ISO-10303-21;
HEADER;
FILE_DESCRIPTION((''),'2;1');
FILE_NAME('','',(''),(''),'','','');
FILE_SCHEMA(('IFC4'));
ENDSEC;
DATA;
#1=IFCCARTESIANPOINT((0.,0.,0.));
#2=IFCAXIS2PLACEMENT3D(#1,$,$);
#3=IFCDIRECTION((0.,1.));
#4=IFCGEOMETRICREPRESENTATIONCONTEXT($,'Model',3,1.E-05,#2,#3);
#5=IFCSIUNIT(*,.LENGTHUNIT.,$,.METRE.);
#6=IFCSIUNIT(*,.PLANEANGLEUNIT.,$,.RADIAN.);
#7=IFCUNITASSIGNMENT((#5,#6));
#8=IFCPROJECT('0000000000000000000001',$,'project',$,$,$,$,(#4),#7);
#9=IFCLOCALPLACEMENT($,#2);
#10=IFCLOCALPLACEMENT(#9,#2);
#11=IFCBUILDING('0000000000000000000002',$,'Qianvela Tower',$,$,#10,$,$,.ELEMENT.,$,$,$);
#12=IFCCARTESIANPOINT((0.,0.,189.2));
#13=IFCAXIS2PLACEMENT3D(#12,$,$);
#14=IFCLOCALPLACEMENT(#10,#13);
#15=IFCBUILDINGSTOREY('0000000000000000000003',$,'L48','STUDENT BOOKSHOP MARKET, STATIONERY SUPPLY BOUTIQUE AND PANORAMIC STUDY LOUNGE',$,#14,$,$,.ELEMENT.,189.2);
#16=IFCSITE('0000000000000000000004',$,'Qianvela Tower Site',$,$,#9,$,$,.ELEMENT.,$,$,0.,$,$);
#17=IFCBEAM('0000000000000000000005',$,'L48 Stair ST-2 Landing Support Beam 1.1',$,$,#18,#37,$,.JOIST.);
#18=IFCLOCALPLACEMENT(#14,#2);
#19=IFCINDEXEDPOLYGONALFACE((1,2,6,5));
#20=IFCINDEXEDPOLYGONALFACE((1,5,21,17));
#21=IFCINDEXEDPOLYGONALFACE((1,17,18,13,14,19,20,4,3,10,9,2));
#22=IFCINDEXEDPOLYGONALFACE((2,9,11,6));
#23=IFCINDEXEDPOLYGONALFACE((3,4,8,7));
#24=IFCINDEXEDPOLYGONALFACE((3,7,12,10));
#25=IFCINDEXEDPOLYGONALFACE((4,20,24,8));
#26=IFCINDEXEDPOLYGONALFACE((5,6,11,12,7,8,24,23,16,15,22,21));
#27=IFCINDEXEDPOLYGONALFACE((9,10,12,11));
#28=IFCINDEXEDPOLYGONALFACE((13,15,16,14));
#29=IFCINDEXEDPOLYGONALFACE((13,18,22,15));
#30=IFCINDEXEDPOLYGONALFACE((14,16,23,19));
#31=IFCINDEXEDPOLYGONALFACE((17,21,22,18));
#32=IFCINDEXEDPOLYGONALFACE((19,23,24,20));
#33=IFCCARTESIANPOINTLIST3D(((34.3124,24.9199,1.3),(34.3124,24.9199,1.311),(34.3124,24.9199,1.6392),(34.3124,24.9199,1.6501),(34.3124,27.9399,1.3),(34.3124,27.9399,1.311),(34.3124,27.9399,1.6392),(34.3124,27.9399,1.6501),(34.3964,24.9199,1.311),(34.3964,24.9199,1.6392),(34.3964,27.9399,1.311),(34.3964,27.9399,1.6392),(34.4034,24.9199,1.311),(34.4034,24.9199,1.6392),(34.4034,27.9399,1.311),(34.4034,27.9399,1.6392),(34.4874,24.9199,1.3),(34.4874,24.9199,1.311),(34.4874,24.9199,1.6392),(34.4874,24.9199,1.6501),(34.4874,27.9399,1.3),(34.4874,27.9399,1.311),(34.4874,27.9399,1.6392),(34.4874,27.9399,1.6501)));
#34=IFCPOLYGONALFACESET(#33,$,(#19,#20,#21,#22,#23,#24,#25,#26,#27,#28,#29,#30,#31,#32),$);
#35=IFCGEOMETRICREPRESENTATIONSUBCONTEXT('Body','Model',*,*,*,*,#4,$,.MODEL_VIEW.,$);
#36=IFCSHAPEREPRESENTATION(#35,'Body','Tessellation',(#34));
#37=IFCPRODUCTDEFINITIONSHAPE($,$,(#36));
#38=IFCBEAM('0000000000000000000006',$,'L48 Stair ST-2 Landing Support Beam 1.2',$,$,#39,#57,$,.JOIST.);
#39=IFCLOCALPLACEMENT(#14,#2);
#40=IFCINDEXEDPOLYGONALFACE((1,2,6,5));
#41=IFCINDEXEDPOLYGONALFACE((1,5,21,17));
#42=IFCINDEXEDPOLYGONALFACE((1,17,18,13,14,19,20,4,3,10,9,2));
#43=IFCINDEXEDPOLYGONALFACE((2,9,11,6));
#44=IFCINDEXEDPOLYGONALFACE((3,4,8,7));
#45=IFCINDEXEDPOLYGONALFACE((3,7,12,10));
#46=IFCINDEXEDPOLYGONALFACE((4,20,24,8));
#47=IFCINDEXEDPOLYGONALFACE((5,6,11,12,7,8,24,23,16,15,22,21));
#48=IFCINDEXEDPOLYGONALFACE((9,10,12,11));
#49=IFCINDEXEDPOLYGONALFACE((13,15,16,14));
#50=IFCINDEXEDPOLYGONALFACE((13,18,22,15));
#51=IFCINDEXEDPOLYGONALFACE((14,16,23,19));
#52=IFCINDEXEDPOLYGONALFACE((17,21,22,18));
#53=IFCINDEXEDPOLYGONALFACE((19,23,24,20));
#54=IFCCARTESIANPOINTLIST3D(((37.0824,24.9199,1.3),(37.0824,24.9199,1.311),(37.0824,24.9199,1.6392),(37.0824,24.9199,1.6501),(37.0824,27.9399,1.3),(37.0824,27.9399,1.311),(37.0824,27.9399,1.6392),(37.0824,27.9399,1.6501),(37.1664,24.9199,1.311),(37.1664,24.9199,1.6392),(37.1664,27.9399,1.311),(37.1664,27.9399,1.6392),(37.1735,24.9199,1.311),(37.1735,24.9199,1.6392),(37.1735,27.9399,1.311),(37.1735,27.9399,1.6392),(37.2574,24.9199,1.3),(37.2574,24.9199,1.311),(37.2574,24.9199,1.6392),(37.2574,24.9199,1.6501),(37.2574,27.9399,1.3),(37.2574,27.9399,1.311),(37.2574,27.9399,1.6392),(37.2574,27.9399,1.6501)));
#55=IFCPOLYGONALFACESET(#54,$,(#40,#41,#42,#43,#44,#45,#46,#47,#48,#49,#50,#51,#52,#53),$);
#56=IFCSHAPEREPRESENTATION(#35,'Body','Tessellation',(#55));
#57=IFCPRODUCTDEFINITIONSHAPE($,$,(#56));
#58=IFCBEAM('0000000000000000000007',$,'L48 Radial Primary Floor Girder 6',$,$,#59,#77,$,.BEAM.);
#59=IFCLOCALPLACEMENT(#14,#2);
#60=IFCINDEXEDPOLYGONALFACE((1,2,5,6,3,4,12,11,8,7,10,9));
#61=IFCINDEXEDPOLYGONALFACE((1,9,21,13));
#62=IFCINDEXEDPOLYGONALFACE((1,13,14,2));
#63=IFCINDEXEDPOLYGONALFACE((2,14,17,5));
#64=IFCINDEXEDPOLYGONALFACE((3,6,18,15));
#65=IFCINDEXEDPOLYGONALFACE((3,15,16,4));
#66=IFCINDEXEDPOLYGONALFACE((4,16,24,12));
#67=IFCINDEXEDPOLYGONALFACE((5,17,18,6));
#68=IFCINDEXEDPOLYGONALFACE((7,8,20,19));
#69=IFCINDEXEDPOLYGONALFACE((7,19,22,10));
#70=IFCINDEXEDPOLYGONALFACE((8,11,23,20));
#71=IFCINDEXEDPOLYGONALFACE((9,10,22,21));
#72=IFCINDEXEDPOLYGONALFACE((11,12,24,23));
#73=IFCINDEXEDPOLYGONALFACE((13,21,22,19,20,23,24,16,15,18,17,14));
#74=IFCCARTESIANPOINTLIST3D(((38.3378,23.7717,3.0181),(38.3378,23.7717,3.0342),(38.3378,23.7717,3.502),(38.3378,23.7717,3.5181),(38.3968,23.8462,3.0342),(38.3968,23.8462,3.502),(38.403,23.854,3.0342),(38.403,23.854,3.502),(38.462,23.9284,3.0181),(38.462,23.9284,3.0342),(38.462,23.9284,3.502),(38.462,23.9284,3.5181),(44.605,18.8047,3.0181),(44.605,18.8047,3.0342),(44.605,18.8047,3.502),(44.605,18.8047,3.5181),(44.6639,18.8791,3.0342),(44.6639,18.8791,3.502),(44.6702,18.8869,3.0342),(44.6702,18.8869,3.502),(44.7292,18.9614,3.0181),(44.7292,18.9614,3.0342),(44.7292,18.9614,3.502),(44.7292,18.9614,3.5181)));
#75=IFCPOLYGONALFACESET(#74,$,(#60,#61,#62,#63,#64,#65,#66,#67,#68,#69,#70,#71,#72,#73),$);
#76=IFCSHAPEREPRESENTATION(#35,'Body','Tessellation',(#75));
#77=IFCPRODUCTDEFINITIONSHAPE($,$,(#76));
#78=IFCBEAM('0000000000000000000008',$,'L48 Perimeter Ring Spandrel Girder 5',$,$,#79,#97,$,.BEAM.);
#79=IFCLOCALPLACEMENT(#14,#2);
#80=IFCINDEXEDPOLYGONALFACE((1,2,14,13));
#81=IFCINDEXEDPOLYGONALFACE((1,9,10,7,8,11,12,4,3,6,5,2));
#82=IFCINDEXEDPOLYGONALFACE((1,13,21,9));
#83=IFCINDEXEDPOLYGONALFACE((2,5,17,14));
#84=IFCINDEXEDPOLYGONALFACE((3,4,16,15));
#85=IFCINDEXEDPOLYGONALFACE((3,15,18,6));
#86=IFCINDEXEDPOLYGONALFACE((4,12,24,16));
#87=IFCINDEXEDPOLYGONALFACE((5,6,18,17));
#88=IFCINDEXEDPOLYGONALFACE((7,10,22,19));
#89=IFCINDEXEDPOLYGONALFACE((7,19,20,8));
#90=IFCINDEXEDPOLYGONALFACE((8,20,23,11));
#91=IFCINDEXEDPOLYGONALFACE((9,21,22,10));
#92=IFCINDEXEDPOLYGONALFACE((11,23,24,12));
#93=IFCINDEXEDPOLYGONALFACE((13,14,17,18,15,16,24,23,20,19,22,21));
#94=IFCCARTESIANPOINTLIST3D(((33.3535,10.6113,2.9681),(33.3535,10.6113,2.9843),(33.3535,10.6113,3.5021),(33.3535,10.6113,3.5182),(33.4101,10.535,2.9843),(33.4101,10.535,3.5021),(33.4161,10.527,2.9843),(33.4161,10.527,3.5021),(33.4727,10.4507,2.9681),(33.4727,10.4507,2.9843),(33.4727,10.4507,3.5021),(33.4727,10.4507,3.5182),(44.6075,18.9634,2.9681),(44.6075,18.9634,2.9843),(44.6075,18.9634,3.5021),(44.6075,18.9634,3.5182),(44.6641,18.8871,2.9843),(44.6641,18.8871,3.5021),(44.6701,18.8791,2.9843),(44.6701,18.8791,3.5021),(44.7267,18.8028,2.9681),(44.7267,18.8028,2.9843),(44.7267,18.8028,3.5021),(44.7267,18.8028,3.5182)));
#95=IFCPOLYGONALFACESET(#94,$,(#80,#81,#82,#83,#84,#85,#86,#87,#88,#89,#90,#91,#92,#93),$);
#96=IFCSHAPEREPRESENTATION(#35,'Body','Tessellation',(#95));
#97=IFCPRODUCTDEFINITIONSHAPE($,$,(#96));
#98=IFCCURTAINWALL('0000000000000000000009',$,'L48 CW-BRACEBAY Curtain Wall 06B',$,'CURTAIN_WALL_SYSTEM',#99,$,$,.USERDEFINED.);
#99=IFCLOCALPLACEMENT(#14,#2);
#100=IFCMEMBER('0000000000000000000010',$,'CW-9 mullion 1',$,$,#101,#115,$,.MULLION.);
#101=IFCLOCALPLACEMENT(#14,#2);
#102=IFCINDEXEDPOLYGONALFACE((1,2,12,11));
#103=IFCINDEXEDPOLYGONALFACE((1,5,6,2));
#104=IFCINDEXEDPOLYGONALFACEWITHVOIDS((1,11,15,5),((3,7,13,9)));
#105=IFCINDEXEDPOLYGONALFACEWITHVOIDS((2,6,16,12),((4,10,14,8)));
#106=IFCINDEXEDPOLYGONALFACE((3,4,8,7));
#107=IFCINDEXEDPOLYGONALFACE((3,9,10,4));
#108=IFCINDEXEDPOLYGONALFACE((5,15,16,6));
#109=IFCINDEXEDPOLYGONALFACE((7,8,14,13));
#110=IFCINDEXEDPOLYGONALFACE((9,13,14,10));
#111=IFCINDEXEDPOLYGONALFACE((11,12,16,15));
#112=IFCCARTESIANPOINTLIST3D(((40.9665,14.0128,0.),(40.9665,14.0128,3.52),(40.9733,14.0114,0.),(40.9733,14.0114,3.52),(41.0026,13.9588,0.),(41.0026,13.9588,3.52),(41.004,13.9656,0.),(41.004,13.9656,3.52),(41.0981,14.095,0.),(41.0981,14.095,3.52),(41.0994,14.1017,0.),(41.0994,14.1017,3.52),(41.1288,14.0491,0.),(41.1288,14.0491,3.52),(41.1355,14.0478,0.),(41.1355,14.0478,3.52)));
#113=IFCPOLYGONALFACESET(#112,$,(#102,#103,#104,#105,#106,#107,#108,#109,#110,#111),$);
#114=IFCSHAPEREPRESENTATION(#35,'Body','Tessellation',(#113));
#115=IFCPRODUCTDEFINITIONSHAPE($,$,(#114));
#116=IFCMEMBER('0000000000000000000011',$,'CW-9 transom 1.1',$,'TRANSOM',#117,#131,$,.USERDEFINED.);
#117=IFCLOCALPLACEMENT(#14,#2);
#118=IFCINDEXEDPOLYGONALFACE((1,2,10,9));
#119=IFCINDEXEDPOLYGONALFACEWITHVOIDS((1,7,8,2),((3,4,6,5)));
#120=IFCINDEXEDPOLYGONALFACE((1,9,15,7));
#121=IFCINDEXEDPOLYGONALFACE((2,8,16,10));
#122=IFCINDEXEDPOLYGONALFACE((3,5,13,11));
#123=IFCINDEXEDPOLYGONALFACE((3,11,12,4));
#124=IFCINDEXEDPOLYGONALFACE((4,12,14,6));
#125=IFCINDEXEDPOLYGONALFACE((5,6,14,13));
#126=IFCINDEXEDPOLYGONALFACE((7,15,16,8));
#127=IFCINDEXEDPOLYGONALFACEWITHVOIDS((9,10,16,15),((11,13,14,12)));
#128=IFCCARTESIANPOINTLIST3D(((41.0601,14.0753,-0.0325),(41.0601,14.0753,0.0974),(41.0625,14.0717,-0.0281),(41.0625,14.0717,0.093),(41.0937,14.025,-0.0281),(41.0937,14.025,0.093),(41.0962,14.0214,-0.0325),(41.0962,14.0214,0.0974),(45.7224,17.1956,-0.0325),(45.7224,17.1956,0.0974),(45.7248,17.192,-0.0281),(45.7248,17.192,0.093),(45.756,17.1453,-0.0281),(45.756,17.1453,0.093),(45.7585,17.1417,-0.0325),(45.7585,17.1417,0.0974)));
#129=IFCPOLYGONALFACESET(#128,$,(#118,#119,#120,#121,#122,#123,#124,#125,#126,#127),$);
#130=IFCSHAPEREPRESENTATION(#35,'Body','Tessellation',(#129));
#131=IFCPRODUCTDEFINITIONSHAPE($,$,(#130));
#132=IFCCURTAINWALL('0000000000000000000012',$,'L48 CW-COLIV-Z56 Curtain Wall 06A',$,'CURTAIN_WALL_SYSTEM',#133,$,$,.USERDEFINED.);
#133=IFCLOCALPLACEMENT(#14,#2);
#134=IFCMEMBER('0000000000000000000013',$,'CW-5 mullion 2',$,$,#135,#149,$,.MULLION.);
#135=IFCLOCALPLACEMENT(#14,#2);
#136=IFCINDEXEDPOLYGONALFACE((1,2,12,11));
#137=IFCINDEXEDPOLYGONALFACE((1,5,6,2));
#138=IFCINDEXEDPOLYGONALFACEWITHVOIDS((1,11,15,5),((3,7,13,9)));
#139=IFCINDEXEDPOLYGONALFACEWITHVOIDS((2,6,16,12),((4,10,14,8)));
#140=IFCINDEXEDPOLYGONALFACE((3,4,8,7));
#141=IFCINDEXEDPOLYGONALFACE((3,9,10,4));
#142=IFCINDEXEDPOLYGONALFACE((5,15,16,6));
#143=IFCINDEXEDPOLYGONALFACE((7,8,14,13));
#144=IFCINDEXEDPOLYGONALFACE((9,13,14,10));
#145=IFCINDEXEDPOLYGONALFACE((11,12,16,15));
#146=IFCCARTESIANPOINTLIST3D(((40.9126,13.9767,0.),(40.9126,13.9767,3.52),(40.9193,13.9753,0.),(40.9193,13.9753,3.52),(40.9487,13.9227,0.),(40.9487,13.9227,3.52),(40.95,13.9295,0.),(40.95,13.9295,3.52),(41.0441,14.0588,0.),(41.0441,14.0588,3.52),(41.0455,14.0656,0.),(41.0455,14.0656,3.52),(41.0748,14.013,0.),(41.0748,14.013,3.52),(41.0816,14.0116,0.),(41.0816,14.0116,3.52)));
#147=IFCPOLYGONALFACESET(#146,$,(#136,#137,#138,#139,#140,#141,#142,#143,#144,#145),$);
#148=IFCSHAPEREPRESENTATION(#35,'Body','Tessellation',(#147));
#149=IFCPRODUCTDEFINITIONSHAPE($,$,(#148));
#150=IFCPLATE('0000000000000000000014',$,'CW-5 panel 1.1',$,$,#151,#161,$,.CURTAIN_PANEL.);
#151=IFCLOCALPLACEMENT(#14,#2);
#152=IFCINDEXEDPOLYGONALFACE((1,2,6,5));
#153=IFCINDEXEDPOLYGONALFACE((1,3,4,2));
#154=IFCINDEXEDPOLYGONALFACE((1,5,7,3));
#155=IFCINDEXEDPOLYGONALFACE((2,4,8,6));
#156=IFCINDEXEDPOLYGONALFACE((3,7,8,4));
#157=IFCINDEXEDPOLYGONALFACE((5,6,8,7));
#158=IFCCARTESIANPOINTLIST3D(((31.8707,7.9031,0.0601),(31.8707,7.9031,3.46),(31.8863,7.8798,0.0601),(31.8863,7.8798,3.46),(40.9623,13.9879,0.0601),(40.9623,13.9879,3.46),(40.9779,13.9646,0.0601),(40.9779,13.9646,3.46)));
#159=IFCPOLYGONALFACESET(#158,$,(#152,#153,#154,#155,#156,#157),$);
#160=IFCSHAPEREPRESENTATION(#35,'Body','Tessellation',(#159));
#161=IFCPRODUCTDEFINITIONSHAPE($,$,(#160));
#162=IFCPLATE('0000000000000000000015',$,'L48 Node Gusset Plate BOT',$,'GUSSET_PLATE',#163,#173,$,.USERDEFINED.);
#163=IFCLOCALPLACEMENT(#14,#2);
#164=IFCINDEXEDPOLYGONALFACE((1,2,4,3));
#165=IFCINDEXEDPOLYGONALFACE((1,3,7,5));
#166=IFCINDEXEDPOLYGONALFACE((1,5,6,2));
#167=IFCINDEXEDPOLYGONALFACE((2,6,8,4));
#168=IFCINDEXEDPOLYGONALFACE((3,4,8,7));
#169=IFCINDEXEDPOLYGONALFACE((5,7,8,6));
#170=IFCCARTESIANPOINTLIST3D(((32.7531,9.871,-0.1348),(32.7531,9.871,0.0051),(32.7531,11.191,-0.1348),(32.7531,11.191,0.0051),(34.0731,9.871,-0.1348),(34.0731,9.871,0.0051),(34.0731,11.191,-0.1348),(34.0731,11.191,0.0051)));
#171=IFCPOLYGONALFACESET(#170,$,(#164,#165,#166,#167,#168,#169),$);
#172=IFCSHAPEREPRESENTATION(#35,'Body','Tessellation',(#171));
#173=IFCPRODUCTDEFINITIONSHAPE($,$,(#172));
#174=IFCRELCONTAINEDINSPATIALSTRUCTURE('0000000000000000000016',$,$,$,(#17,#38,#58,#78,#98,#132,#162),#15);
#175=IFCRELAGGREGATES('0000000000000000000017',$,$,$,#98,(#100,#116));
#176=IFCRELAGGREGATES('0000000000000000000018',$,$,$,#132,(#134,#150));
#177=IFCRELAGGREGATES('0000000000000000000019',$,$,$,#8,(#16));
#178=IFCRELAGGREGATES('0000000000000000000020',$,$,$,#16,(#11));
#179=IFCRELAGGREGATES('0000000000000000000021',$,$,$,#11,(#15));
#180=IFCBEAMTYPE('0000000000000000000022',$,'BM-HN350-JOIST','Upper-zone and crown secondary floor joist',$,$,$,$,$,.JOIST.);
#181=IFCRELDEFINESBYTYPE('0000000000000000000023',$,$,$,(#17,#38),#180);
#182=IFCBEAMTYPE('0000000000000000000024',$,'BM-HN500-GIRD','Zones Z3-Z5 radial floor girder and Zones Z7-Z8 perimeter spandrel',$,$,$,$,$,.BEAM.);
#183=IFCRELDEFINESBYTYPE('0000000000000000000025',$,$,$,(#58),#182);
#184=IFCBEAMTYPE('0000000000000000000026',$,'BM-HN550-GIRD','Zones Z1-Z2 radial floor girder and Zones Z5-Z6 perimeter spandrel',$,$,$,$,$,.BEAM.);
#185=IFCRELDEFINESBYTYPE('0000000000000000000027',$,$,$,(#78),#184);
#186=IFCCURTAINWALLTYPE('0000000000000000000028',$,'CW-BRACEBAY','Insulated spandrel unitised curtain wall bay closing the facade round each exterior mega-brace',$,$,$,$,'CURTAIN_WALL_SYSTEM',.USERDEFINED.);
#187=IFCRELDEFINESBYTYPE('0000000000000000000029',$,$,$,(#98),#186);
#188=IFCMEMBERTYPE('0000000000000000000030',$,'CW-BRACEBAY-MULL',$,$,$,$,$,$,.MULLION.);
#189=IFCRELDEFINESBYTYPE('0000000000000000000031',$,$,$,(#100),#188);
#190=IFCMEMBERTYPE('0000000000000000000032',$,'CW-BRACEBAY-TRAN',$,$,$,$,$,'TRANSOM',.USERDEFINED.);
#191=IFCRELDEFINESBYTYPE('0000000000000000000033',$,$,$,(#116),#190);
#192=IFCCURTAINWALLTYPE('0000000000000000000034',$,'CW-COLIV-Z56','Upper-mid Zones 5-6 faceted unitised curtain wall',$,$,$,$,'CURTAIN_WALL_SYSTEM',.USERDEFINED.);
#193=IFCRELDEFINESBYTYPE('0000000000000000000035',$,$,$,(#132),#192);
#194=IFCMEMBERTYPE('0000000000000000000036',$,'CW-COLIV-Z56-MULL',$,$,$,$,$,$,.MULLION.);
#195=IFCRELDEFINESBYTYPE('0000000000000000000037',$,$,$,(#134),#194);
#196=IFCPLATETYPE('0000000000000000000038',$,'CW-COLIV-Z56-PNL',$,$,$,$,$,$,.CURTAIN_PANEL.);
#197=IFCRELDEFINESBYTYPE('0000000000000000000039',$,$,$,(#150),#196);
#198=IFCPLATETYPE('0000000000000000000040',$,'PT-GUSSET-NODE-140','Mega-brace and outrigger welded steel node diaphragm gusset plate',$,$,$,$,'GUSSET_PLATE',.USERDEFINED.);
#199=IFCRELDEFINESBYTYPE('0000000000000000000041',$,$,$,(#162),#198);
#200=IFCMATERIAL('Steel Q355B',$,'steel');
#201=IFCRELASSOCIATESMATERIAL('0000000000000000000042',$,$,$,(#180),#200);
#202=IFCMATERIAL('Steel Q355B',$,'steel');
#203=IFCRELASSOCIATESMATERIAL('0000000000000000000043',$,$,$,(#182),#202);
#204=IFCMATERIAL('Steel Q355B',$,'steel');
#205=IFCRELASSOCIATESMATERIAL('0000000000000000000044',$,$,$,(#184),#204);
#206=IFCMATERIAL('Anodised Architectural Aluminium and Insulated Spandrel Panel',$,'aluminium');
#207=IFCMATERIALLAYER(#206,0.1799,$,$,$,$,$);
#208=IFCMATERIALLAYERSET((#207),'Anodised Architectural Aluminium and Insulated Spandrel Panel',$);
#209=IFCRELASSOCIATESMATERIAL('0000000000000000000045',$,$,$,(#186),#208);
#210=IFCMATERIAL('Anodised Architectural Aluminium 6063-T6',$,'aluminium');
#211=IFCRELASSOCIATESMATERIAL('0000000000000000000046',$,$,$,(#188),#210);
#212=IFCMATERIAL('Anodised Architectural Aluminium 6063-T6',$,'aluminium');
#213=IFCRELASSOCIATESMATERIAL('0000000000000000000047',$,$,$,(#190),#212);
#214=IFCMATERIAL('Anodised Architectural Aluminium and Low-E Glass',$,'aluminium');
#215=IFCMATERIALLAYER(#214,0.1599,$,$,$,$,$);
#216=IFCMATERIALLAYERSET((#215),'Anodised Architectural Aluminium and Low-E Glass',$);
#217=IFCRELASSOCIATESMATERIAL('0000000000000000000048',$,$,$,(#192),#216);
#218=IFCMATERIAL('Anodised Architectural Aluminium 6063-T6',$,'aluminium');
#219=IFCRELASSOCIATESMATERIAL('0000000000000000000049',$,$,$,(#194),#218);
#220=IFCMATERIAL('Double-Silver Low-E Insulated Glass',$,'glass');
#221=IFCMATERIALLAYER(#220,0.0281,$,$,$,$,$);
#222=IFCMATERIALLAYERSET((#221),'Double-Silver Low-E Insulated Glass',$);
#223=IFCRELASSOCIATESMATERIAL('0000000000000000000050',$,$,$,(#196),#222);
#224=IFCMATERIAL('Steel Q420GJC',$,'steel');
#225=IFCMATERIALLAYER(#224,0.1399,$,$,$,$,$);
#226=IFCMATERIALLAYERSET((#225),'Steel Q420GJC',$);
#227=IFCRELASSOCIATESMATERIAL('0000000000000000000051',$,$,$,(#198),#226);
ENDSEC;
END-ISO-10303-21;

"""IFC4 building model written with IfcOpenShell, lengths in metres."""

from ifc_helpers import new_model, si_unit, direction, frame, origin, origin_2d, place, context, subcontext, project, spatial, rectangle, hollow_rectangle, i_section, extrude, material, layer, layer_set, material_profile, profile_set, type_object, element, aggregate, save


model = new_model("IFC4")

# Units and contexts
model_context = context("Model", 3, precision=1e-05, world=origin(), true_north=direction((0.0, 1.0)))
body_context = subcontext(model_context, "Body", "Model", "MODEL_VIEW")
ifc_project = project(units=[si_unit("LENGTHUNIT", "METRE"), si_unit("PLANEANGLEUNIT", "RADIAN")], contexts=[model_context])

# Site, building, storey
site_placement = place(None, origin())
site = spatial("IfcSite", under=ifc_project, at=site_placement, Name="Qianvela Tower Site", CompositionType="ELEMENT", RefElevation=0.0)
building_placement = place(site_placement, origin())
building = spatial("IfcBuilding", under=site, at=building_placement, Name="Qianvela Tower", CompositionType="ELEMENT")
storey_placement = place(building_placement, frame((0.0, 0.0, 189.2)))
storey = spatial("IfcBuildingStorey", under=building, at=storey_placement, Name="L48", Description="STUDENT BOOKSHOP MARKET, STATIONERY SUPPLY BOUTIQUE AND PANORAMIC STUDY LOUNGE", CompositionType="ELEMENT", Elevation=189.2)

# Beams
ifc_material_1 = material(Name="Steel Q355B", Category="steel")
ifc_material_profile_1 = material_profile(ifc_material_1, i_section(OverallWidth=0.175, OverallDepth=0.3501, WebThickness=0.0071, FlangeThickness=0.011, at=origin_2d()), Name="HN350x175x7x11")
ifc_profile_set_1 = profile_set([ifc_material_profile_1], Name="Steel Q355B")
beam_type_1 = type_object("IfcBeamType", Name="BM-HN350-JOIST", Description="Upper-zone and crown secondary floor joist", PredefinedType="JOIST", material=ifc_profile_set_1)
for number, where, z_axis, x_axis, name in (
    (1, (34.3999, 24.9199, 1.4751), (0.0, 1.0, 0.0), (-1.0, 0.0, 0.0), "L48 Stair ST-2 Landing Support Beam 1.1"),
    (2, (37.1699, 24.9199, 1.4751), (0.0, 1.0, 0.0), (-1.0, 0.0, 0.0), "L48 Stair ST-2 Landing Support Beam 1.2"),
):
    element("IfcBeam", number, at=place(storey_placement, frame(where, z_axis=z_axis, x_axis=x_axis)), inside=storey, type_object=beam_type_1, Name=name, PredefinedType="JOIST", context=body_context, shape_type="SweptSolid", body=[
        extrude(i_section(OverallWidth=0.175, OverallDepth=0.3501, WebThickness=0.0071, FlangeThickness=0.011, at=origin_2d()), origin(), (0.0, 0.0, 1.0), 3.02),
    ])
ifc_material_2 = material(Name="Steel Q355B", Category="steel")
ifc_material_profile_2 = material_profile(ifc_material_2, i_section(OverallWidth=0.2, OverallDepth=0.5, WebThickness=0.01, FlangeThickness=0.0161, at=origin_2d()), Name="HN500x200x10x16")
ifc_profile_set_2 = profile_set([ifc_material_profile_2], Name="Steel Q355B")
beam_type_2 = type_object("IfcBeamType", Name="BM-HN500-GIRD", Description="Zones Z3-Z5 radial floor girder and Zones Z7-Z8 perimeter spandrel", PredefinedType="BEAM", material=ifc_profile_set_2)
beam_1_placement = place(storey_placement, frame((38.3999, 23.8501, 3.2681), z_axis=(0.783705, -0.621133, 0.0), x_axis=(0.621133, 0.783705, 0.0)))
element("IfcBeam", 3, at=beam_1_placement, inside=storey, type_object=beam_type_2, Name="L48 Radial Primary Floor Girder 6", PredefinedType="BEAM", context=body_context, shape_type="SweptSolid", body=[
    extrude(i_section(OverallWidth=0.2, OverallDepth=0.5, WebThickness=0.01, FlangeThickness=0.0161, at=origin_2d()), origin(), (0.0, 0.0, 1.0), 7.9968),
])
ifc_material_3 = material(Name="Steel Q355B", Category="steel")
ifc_material_profile_3 = material_profile(ifc_material_3, i_section(OverallWidth=0.2, OverallDepth=0.55, WebThickness=0.01, FlangeThickness=0.0161, at=origin_2d()), Name="HN550x200x10x16")
ifc_profile_set_3 = profile_set([ifc_material_profile_3], Name="Steel Q355B")
beam_type_3 = type_object("IfcBeamType", Name="BM-HN550-GIRD", Description="Zones Z1-Z2 radial floor girder and Zones Z5-Z6 perimeter spandrel", PredefinedType="BEAM", material=ifc_profile_set_3)
beam_2_placement = place(storey_placement, frame((33.4131, 10.531, 3.2432), z_axis=(0.803017, 0.595956, 0.0), x_axis=(-0.595956, 0.803017, 0.0)))
element("IfcBeam", 4, at=beam_2_placement, inside=storey, type_object=beam_type_3, Name="L48 Perimeter Ring Spandrel Girder 5", PredefinedType="BEAM", context=body_context, shape_type="SweptSolid", body=[
    extrude(i_section(OverallWidth=0.2, OverallDepth=0.55, WebThickness=0.01, FlangeThickness=0.0161, at=origin_2d()), origin(), (0.0, 0.0, 1.0), 14.0146),
])

# Curtain wall, members
ifc_material_4 = material(Name="Anodised Architectural Aluminium and Insulated Spandrel Panel", Category="aluminium")
ifc_layer_1 = layer(ifc_material_4, 0.1799)
ifc_layer_set_1 = layer_set([ifc_layer_1], Name="Anodised Architectural Aluminium and Insulated Spandrel Panel")
curtain_wall_type_1 = type_object("IfcCurtainWallType", Name="CW-BRACEBAY", Description="Insulated spandrel unitised curtain wall bay closing the facade round each exterior mega-brace", ElementType="CURTAIN_WALL_SYSTEM", PredefinedType="USERDEFINED", material=ifc_layer_set_1)
curtain_wall_1_placement = place(storey_placement, origin())
curtain_wall_1 = element("IfcCurtainWall", 5, at=curtain_wall_1_placement, inside=storey, type_object=curtain_wall_type_1, Name="L48 CW-BRACEBAY Curtain Wall 06B", ObjectType="CURTAIN_WALL_SYSTEM", PredefinedType="USERDEFINED")
ifc_material_5 = material(Name="Anodised Architectural Aluminium 6063-T6", Category="aluminium")
ifc_material_profile_4 = material_profile(ifc_material_5, hollow_rectangle(XDim=0.0649, YDim=0.1599, WallThickness=0.0049, at=origin_2d()), Name="ALU-MULL-65x160")
ifc_profile_set_4 = profile_set([ifc_material_profile_4], Name="Anodised Architectural Aluminium 6063-T6")
member_type_1 = type_object("IfcMemberType", Name="CW-BRACEBAY-MULL", PredefinedType="MULLION", material=ifc_profile_set_4)
member_1_placement = place(storey_placement, frame((41.051, 14.0303, 0.0), z_axis=(0.0, 0.0, 1.0), x_axis=(-0.556183, 0.83106, 0.0)))
member_1 = element("IfcMember", 6, at=member_1_placement, type_object=member_type_1, Name="CW-9 mullion 1", PredefinedType="MULLION", context=body_context, shape_type="SweptSolid", body=[
    extrude(hollow_rectangle(XDim=0.0649, YDim=0.1599, WallThickness=0.0049, at=origin_2d()), origin(), (0.0, 0.0, 1.0), 3.52),
])
ifc_material_6 = material(Name="Anodised Architectural Aluminium 6063-T6", Category="aluminium")
ifc_material_profile_5 = material_profile(ifc_material_6, hollow_rectangle(XDim=0.0649, YDim=0.1299, WallThickness=0.0044, at=origin_2d()), Name="ALU-TRAN-65x130")
ifc_profile_set_5 = profile_set([ifc_material_profile_5], Name="Anodised Architectural Aluminium 6063-T6")
member_type_2 = type_object("IfcMemberType", Name="CW-BRACEBAY-TRAN", ElementType="TRANSOM", PredefinedType="USERDEFINED", material=ifc_profile_set_5)
member_2_placement = place(storey_placement, frame((41.0781, 14.0483, 0.0325), z_axis=(0.831051, 0.556196, 0.0), x_axis=(-0.556196, 0.831051, 0.0)))
member_2 = element("IfcMember", 7, at=member_2_placement, type_object=member_type_2, Name="CW-9 transom 1.1", ObjectType="TRANSOM", PredefinedType="USERDEFINED", context=body_context, shape_type="SweptSolid", body=[
    extrude(hollow_rectangle(XDim=0.0649, YDim=0.1299, WallThickness=0.0044, at=origin_2d()), origin(), (0.0, 0.0, 1.0), 5.6101),
])
aggregate(curtain_wall_1, [member_1, member_2])

# Curtain wall, member, plate
ifc_material_7 = material(Name="Anodised Architectural Aluminium and Low-E Glass", Category="aluminium")
ifc_layer_2 = layer(ifc_material_7, 0.1599)
ifc_layer_set_2 = layer_set([ifc_layer_2], Name="Anodised Architectural Aluminium and Low-E Glass")
curtain_wall_type_2 = type_object("IfcCurtainWallType", Name="CW-COLIV-Z56", Description="Upper-mid Zones 5-6 faceted unitised curtain wall", ElementType="CURTAIN_WALL_SYSTEM", PredefinedType="USERDEFINED", material=ifc_layer_set_2)
curtain_wall_2_placement = place(storey_placement, origin())
curtain_wall_2 = element("IfcCurtainWall", 8, at=curtain_wall_2_placement, inside=storey, type_object=curtain_wall_type_2, Name="L48 CW-COLIV-Z56 Curtain Wall 06A", ObjectType="CURTAIN_WALL_SYSTEM", PredefinedType="USERDEFINED")
ifc_material_8 = material(Name="Anodised Architectural Aluminium 6063-T6", Category="aluminium")
ifc_material_profile_6 = material_profile(ifc_material_8, hollow_rectangle(XDim=0.0649, YDim=0.1599, WallThickness=0.0049, at=origin_2d()), Name="ALU-MULL-65x160")
ifc_profile_set_6 = profile_set([ifc_material_profile_6], Name="Anodised Architectural Aluminium 6063-T6")
member_type_3 = type_object("IfcMemberType", Name="CW-COLIV-Z56-MULL", PredefinedType="MULLION", material=ifc_profile_set_6)
member_3_placement = place(storey_placement, frame((40.9971, 13.9941, 0.0), z_axis=(0.0, 0.0, 1.0), x_axis=(-0.556198, 0.83105, 0.0)))
member_3 = element("IfcMember", 9, at=member_3_placement, type_object=member_type_3, Name="CW-5 mullion 2", PredefinedType="MULLION", context=body_context, shape_type="SweptSolid", body=[
    extrude(hollow_rectangle(XDim=0.0649, YDim=0.1599, WallThickness=0.0049, at=origin_2d()), origin(), (0.0, 0.0, 1.0), 3.52),
])
ifc_material_9 = material(Name="Double-Silver Low-E Insulated Glass", Category="glass")
ifc_layer_3 = layer(ifc_material_9, 0.0281)
ifc_layer_set_3 = layer_set([ifc_layer_3], Name="Double-Silver Low-E Insulated Glass")
plate_type_1 = type_object("IfcPlateType", Name="CW-COLIV-Z56-PNL", PredefinedType="CURTAIN_PANEL", material=ifc_layer_set_3)
plate_1_placement = place(storey_placement, frame((36.4243, 10.9338, 0.0601), z_axis=(0.0, 0.0, 1.0), x_axis=(0.83105, 0.556198, 0.0)))
plate_1 = element("IfcPlate", 10, at=plate_1_placement, type_object=plate_type_1, Name="CW-5 panel 1.1", PredefinedType="CURTAIN_PANEL", context=body_context, shape_type="SweptSolid", body=[
    extrude(rectangle(XDim=10.9399, YDim=0.0281, at=origin_2d()), origin(), (0.0, 0.0, 1.0), 3.3999),
])
aggregate(curtain_wall_2, [member_3, plate_1])

# Plate
ifc_material_10 = material(Name="Steel Q420GJC", Category="steel")
ifc_layer_4 = layer(ifc_material_10, 0.1399)
ifc_layer_set_4 = layer_set([ifc_layer_4], Name="Steel Q420GJC")
plate_type_2 = type_object("IfcPlateType", Name="PT-GUSSET-NODE-140", Description="Mega-brace and outrigger welded steel node diaphragm gusset plate", ElementType="GUSSET_PLATE", PredefinedType="USERDEFINED", material=ifc_layer_set_4)
plate_2_placement = place(storey_placement, frame((33.4131, 10.531, -0.1348), z_axis=(0.0, 0.0, 1.0), x_axis=(1.0, 0.0, 0.0)))
element("IfcPlate", 11, at=plate_2_placement, inside=storey, type_object=plate_type_2, Name="L48 Node Gusset Plate BOT", ObjectType="GUSSET_PLATE", PredefinedType="USERDEFINED", context=body_context, shape_type="SweptSolid", body=[
    extrude(rectangle(XDim=1.3201, YDim=1.3201, at=origin_2d()), origin(), (0.0, 0.0, 1.0), 0.1399),
])

save(model, "model.ifc")
